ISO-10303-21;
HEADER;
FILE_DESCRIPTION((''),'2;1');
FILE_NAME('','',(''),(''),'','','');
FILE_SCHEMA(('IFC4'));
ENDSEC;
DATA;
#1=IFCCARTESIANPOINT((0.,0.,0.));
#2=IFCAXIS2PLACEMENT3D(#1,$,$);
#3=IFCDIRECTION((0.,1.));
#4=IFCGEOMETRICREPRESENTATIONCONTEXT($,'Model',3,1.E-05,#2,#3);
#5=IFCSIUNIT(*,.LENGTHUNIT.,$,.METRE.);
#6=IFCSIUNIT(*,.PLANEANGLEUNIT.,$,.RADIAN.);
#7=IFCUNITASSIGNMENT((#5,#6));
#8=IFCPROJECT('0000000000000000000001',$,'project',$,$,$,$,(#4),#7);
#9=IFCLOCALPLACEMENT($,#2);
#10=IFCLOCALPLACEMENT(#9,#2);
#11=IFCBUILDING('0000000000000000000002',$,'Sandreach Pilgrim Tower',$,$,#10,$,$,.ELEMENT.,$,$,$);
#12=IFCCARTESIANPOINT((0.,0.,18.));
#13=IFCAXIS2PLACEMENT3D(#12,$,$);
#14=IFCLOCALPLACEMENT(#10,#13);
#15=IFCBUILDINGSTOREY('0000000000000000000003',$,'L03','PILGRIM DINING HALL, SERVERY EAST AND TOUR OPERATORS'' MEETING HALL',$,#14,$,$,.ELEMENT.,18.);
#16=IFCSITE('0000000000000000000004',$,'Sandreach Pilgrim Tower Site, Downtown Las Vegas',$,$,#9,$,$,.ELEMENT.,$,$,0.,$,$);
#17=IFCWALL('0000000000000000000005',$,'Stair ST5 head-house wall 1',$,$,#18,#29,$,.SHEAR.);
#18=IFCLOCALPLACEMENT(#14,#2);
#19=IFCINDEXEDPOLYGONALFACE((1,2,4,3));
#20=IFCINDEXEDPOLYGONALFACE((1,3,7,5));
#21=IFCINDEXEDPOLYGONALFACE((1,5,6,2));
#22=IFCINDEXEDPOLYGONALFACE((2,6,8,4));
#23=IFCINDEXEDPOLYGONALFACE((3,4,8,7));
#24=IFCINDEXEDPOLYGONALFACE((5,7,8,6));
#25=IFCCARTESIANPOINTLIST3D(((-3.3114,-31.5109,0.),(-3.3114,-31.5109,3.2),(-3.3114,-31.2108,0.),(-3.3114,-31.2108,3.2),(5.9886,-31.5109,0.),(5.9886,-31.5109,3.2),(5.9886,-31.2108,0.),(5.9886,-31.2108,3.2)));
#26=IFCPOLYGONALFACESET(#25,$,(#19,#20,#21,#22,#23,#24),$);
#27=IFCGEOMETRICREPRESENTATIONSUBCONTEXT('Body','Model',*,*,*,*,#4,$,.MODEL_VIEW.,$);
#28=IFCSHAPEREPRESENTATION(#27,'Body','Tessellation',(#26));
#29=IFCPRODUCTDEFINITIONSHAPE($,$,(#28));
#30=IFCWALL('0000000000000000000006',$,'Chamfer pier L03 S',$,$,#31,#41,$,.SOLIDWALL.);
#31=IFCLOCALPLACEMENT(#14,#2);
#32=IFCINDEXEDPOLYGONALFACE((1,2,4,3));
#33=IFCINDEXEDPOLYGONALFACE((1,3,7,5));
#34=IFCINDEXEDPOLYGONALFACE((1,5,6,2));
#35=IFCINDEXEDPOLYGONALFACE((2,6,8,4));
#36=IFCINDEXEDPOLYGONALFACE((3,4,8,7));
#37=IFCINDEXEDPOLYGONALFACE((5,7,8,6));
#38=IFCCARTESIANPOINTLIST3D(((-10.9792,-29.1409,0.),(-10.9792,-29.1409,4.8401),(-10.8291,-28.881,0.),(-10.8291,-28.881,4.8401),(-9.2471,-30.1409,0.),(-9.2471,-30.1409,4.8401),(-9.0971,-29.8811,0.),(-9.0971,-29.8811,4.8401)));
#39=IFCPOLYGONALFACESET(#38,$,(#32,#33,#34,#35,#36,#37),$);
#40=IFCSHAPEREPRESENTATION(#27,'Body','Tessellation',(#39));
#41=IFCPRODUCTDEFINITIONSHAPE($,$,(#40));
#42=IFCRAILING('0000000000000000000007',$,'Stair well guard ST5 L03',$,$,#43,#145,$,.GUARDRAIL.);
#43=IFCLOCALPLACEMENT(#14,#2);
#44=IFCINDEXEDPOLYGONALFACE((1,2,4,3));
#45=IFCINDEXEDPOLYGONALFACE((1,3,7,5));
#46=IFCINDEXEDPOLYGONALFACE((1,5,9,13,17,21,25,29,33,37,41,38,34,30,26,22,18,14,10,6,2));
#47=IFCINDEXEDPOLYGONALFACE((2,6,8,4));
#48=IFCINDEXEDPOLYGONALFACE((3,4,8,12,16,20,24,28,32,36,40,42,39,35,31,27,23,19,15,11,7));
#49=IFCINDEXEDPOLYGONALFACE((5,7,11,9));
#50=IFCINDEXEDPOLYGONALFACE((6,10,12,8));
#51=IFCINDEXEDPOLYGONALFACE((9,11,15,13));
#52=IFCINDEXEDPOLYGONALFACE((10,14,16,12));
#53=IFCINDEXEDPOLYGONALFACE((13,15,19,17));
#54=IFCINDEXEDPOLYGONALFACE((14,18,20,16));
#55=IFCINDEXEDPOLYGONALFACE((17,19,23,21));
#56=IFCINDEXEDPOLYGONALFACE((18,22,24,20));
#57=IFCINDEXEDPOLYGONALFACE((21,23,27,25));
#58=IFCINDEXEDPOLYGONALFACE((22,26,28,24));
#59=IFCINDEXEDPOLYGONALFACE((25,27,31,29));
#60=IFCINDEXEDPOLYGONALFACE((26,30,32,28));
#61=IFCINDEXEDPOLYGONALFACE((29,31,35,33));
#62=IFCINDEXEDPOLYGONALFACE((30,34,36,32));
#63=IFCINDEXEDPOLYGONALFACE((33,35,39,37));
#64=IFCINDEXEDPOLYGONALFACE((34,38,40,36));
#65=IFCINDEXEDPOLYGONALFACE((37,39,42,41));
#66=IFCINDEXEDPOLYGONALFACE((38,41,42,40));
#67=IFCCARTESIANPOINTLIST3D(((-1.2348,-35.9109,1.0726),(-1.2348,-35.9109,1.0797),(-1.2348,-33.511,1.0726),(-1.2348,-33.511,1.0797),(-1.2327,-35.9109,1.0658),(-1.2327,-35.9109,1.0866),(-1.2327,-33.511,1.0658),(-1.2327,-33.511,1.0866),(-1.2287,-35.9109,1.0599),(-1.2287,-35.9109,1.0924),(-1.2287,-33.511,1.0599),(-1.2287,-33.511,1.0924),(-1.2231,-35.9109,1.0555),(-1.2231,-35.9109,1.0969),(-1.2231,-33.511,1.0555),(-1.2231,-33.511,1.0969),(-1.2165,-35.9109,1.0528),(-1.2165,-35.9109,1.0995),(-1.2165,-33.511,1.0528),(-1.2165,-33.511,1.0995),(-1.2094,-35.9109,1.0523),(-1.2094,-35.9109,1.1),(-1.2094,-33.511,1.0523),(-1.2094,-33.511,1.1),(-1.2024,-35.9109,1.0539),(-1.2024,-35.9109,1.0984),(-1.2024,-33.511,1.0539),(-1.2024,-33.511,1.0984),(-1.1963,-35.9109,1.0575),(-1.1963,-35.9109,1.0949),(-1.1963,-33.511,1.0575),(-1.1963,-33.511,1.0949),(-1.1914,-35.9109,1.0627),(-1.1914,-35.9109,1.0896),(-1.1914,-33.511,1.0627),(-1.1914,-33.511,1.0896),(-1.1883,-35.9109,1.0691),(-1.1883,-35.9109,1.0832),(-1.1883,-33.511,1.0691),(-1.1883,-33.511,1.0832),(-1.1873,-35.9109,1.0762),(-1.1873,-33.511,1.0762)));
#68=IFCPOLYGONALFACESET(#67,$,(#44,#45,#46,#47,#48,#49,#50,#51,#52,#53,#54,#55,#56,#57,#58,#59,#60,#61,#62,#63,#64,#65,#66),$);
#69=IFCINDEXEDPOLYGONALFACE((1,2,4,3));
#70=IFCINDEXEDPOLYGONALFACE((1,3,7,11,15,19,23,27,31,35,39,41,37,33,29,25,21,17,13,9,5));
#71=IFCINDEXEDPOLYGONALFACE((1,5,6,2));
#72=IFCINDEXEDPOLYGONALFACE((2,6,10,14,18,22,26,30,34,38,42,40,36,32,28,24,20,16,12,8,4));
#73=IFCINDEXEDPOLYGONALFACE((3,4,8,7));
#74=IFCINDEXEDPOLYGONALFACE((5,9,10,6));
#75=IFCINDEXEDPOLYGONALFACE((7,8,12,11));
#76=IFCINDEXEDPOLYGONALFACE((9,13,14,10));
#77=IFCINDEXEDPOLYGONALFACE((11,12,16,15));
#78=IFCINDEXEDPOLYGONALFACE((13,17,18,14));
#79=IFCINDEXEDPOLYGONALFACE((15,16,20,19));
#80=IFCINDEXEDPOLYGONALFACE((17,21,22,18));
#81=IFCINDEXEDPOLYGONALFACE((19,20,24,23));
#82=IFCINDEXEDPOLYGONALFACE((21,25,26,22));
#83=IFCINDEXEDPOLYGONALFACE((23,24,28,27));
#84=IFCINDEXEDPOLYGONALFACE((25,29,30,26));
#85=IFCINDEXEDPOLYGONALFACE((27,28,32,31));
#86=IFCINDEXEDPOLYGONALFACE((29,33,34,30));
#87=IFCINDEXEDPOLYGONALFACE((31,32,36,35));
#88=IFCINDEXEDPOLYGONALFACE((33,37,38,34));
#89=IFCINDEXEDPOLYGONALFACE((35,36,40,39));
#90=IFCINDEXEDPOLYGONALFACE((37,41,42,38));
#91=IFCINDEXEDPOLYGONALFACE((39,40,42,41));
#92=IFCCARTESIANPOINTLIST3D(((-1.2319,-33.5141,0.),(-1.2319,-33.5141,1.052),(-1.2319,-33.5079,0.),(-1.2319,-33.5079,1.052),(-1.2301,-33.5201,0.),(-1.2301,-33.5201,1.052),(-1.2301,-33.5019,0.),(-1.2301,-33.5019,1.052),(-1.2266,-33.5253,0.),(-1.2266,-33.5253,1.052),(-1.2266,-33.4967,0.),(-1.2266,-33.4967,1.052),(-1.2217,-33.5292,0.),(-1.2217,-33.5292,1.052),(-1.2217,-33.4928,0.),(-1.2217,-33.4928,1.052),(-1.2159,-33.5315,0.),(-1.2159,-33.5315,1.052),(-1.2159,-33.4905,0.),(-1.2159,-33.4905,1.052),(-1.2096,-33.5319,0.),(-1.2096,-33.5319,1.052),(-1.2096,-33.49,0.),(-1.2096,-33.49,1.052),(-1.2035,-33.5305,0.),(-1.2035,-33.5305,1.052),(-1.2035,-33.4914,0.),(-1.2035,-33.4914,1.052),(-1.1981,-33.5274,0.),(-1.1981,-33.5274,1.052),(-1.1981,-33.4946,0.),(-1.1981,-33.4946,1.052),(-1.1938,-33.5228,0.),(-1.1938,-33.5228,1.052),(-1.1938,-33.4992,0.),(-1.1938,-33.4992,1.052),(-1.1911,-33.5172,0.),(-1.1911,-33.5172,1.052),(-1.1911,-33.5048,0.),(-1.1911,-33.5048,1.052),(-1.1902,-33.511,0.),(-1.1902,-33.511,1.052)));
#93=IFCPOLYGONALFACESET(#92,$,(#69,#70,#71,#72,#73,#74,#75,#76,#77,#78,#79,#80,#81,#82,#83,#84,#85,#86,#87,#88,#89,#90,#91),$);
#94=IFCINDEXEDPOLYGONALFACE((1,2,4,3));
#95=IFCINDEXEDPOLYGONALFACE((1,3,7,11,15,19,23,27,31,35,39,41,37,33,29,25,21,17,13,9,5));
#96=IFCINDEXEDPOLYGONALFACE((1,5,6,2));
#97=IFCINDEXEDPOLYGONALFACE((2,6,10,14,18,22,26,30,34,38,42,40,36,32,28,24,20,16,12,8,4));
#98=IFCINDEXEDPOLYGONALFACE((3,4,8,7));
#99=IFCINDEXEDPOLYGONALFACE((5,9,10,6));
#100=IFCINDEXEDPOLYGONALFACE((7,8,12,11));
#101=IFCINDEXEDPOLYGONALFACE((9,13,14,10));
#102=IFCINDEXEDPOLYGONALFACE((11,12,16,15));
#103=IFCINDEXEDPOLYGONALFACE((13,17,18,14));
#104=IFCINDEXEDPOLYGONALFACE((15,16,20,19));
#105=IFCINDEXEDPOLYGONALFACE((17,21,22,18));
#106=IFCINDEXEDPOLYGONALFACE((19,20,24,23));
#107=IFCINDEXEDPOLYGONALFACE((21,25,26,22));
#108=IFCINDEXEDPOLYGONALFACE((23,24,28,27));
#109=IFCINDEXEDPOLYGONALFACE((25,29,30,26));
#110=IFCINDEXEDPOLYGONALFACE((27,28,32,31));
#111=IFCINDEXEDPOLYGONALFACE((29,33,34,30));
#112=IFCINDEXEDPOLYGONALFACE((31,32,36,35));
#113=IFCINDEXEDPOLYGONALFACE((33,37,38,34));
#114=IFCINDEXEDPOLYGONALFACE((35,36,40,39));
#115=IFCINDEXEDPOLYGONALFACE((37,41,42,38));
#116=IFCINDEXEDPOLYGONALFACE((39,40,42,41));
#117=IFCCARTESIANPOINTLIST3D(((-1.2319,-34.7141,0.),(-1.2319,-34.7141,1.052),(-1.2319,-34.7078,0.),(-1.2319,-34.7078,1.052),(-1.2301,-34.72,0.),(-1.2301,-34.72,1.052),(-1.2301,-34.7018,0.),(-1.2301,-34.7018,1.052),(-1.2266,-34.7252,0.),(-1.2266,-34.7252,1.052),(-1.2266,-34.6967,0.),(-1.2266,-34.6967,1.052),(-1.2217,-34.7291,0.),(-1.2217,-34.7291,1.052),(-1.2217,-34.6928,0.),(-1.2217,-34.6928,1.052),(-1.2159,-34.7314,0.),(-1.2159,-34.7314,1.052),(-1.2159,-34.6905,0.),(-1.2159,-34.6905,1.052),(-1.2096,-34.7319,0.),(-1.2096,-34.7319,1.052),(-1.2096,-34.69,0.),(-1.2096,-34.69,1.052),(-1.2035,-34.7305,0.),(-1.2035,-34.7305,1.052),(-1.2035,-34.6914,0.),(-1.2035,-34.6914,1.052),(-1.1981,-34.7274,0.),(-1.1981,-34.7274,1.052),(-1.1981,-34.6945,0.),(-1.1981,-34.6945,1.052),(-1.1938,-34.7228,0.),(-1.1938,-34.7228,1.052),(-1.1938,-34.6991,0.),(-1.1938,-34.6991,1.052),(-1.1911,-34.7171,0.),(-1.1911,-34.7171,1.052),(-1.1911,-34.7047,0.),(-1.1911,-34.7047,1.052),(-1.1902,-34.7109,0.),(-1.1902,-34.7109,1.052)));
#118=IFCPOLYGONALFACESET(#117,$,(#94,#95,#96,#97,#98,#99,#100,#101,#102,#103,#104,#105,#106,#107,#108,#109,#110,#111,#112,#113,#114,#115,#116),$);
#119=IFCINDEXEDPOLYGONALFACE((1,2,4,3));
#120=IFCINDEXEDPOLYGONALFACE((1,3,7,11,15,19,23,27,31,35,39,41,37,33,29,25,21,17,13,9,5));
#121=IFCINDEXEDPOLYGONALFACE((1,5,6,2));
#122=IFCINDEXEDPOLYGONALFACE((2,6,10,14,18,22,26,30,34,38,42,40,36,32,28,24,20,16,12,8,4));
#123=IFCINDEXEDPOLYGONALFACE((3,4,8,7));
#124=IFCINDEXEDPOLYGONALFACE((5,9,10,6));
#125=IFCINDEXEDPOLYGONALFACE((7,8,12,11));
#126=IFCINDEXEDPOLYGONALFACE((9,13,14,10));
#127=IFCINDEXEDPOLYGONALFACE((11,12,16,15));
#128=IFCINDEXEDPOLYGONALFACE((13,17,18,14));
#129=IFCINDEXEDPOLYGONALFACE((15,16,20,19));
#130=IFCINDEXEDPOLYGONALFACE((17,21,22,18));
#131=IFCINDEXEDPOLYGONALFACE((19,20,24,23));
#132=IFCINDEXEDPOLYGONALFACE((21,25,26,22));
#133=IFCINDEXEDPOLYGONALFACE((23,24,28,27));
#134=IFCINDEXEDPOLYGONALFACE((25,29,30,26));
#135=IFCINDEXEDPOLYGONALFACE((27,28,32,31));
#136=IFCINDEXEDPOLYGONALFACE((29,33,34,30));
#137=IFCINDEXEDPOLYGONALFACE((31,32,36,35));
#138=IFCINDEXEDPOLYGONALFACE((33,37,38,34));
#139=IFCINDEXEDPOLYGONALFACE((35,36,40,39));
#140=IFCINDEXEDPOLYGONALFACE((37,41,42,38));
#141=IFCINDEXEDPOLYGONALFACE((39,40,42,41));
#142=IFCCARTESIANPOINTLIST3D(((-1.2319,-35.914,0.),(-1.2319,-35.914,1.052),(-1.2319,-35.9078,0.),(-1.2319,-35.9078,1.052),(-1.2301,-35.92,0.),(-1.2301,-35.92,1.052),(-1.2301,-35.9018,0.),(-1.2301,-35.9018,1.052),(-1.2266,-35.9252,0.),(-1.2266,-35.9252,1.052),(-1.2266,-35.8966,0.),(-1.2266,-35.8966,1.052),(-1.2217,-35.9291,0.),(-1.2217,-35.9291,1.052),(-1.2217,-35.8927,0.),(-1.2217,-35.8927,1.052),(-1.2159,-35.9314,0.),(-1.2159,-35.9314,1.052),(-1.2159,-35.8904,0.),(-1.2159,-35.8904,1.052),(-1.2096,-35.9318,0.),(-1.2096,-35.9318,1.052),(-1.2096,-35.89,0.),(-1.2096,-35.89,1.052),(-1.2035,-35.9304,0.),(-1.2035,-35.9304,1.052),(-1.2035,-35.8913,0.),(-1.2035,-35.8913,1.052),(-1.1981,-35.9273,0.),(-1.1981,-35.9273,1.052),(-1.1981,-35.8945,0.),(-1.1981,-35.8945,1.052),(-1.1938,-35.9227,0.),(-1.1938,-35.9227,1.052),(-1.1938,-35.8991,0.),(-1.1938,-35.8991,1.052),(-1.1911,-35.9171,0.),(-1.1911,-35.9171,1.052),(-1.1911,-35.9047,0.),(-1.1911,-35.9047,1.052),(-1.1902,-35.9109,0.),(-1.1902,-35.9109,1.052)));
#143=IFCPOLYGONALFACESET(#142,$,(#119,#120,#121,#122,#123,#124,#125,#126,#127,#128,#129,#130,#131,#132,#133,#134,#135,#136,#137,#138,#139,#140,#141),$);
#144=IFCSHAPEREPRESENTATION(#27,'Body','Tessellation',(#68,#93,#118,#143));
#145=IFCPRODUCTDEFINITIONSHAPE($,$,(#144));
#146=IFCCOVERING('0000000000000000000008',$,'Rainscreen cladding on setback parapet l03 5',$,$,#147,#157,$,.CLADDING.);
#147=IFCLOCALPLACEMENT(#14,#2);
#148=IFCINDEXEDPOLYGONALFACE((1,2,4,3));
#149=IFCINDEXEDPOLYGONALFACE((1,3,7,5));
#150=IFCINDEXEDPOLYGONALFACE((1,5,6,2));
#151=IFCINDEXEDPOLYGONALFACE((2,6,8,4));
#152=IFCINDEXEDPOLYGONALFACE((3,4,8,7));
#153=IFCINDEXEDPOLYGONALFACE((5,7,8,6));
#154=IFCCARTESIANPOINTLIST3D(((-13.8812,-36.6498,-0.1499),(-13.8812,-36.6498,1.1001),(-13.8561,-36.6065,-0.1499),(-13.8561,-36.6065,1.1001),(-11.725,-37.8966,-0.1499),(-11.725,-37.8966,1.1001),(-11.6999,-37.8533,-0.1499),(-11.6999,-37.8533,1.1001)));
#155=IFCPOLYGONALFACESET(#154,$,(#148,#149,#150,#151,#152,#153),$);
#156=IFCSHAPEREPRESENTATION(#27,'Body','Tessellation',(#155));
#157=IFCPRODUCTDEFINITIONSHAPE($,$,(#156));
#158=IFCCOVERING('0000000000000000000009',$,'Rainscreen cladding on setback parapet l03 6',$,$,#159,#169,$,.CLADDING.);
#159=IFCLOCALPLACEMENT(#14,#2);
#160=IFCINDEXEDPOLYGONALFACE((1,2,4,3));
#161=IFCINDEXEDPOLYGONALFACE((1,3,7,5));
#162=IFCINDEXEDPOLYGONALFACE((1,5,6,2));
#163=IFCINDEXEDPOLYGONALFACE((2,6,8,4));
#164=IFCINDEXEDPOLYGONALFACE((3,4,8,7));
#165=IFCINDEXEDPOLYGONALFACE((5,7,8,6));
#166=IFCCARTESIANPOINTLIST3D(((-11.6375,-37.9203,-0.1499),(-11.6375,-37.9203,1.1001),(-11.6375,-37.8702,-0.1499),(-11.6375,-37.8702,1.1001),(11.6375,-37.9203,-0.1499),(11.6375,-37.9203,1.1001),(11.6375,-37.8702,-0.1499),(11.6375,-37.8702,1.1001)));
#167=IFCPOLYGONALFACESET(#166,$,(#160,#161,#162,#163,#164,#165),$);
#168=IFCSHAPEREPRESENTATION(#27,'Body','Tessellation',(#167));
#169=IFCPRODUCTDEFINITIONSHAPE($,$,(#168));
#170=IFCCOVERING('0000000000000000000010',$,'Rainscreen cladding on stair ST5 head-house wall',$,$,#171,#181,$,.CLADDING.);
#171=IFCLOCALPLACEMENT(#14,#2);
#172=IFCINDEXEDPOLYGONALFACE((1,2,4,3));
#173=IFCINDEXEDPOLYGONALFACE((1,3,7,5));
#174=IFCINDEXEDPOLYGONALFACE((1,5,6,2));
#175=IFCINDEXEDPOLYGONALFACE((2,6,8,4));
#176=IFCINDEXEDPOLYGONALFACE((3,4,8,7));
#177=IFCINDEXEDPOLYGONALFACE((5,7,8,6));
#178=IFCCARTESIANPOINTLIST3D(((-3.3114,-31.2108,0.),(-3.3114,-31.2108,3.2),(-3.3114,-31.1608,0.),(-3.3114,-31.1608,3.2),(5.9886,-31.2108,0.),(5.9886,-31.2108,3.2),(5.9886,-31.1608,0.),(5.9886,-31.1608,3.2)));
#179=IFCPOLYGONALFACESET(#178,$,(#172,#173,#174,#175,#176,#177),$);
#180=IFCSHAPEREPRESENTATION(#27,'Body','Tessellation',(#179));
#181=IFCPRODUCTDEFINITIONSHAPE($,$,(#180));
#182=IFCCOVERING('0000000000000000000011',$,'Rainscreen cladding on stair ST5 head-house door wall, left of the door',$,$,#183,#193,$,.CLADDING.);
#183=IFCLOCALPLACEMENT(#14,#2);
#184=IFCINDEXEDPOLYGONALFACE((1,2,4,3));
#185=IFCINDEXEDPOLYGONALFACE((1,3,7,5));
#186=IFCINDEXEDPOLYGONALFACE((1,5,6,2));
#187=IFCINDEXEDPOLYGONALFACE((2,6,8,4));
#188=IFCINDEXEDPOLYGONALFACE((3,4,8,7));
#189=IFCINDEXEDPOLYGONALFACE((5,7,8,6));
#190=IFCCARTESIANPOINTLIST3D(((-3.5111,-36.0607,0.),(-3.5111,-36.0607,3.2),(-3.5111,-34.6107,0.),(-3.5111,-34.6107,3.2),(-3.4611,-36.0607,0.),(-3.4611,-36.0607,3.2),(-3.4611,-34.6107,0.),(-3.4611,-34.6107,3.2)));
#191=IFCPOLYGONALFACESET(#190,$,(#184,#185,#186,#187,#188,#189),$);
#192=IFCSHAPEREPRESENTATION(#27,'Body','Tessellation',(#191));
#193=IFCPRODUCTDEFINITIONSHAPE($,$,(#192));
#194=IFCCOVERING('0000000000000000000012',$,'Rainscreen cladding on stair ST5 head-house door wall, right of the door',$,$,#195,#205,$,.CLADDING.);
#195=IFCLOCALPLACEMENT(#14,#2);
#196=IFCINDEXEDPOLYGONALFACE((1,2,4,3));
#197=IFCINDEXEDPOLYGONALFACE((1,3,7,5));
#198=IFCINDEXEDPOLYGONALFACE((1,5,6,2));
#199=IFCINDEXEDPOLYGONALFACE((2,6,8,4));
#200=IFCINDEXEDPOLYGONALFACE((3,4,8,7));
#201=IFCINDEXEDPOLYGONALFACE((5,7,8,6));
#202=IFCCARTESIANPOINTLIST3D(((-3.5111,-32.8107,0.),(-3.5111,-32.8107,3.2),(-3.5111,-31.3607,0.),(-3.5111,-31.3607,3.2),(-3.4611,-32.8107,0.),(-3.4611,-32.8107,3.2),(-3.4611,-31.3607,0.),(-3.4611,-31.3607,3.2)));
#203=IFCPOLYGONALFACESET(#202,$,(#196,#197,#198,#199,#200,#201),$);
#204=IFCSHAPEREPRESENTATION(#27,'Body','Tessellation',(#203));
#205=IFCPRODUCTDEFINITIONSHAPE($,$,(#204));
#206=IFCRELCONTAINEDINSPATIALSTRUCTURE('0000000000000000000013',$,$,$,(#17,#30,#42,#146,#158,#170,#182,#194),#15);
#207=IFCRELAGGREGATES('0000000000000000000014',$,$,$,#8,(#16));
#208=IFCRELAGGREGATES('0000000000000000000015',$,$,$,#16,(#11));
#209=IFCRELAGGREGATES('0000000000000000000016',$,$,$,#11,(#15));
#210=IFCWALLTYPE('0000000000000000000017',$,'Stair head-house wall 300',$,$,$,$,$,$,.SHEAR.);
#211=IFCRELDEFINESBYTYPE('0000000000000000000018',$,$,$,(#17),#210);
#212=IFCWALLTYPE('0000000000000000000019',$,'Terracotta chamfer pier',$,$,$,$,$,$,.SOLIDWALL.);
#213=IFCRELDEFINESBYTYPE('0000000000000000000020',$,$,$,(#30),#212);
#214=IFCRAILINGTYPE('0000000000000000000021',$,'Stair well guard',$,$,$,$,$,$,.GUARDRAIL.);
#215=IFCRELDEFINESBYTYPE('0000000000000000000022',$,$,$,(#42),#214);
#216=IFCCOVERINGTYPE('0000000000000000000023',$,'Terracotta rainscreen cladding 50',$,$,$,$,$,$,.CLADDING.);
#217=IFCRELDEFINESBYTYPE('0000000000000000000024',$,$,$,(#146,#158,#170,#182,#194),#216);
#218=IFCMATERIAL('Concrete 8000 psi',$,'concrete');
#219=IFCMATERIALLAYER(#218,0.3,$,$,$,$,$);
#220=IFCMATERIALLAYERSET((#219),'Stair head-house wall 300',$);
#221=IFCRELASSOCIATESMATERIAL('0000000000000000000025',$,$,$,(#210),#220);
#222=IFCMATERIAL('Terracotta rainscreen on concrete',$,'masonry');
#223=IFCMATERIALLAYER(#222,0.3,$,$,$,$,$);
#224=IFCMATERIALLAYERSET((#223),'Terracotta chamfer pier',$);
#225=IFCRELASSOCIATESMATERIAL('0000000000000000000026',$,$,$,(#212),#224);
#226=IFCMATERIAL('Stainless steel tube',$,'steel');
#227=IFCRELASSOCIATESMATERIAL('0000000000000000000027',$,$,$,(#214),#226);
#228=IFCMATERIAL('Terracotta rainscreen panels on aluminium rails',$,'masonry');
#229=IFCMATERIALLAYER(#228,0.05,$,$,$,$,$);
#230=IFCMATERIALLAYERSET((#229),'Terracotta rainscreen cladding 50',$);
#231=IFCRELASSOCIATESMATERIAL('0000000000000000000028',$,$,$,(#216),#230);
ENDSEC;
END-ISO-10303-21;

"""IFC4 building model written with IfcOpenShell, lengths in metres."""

from ifc_helpers import new_model, si_unit, direction, frame, frame_2d, origin, origin_2d, place, context, subcontext, project, spatial, rectangle, circle, extrude, material, layer, layer_set, type_object, element, save


model = new_model("IFC4")

# Units and contexts
model_context = context("Model", 3, precision=1e-05, world=origin(), true_north=direction((0.0, 1.0)))
body_context = subcontext(model_context, "Body", "Model", "MODEL_VIEW")
ifc_project = project(units=[si_unit("LENGTHUNIT", "METRE"), si_unit("PLANEANGLEUNIT", "RADIAN")], contexts=[model_context])

# Site, building, storey
site_placement = place(None, origin())
site = spatial("IfcSite", under=ifc_project, at=site_placement, Name="Sandreach Pilgrim Tower Site, Downtown Las Vegas", CompositionType="ELEMENT", RefElevation=0.0)
building_placement = place(site_placement, origin())
building = spatial("IfcBuilding", under=site, at=building_placement, Name="Sandreach Pilgrim Tower", CompositionType="ELEMENT")
storey_placement = place(building_placement, frame((0.0, 0.0, 18.0)))
storey = spatial("IfcBuildingStorey", under=building, at=storey_placement, Name="L03", Description="PILGRIM DINING HALL, SERVERY EAST AND TOUR OPERATORS' MEETING HALL", CompositionType="ELEMENT", Elevation=18.0)

# Wall
ifc_material_1 = material(Name="Concrete 8000 psi", Category="concrete")
ifc_layer_1 = layer(ifc_material_1, 0.3)
ifc_layer_set_1 = layer_set([ifc_layer_1], Name="Stair head-house wall 300")
wall_type_1 = type_object("IfcWallType", Name="Stair head-house wall 300", PredefinedType="SHEAR", material=ifc_layer_set_1)
wall_1_placement = place(storey_placement, frame((-3.3113, -31.3608, 0.0), z_axis=(0.0, 0.0, 1.0), x_axis=(1.0, 0.0, 0.0)))
element("IfcWall", 1, at=wall_1_placement, inside=storey, type_object=wall_type_1, Name="Stair ST5 head-house wall 1", PredefinedType="SHEAR", context=body_context, shape_type="SweptSolid", body=[
    extrude(rectangle(XDim=9.3, YDim=0.3, at=frame_2d((4.6499, 0.0))), origin(), (0.0, 0.0, 1.0), 3.2),
])

# Wall
ifc_material_2 = material(Name="Terracotta rainscreen on concrete", Category="masonry")
ifc_layer_2 = layer(ifc_material_2, 0.3)
ifc_layer_set_2 = layer_set([ifc_layer_2], Name="Terracotta chamfer pier")
wall_type_2 = type_object("IfcWallType", Name="Terracotta chamfer pier", PredefinedType="SOLIDWALL", material=ifc_layer_set_2)
wall_2_placement = place(storey_placement, frame((-9.1721, -30.011, 0.0), z_axis=(0.0, 0.0, 1.0), x_axis=(-0.866011, 0.500025, 0.0)))
element("IfcWall", 2, at=wall_2_placement, inside=storey, type_object=wall_type_2, Name="Chamfer pier L03 S", PredefinedType="SOLIDWALL", context=body_context, shape_type="SweptSolid", body=[
    extrude(rectangle(XDim=2.0, YDim=0.3, at=frame_2d((1.0, 0.0))), origin(), (0.0, 0.0, 1.0), 4.8401),
])

# Railing
ifc_material_3 = material(Name="Stainless steel tube", Category="steel")
railing_type = type_object("IfcRailingType", Name="Stair well guard", PredefinedType="GUARDRAIL", material=ifc_material_3)
railing_placement = place(storey_placement, frame((-1.2112, -33.511, 0.0)))
element("IfcRailing", 3, at=railing_placement, inside=storey, type_object=railing_type, Name="Stair well guard ST5 L03", PredefinedType="GUARDRAIL", context=body_context, shape_type="SweptSolid", body=[
    extrude(circle(Radius=0.0239, at=origin_2d()), frame((0.0, 0.0, 1.0762), z_axis=(0.0, -1.0, 0.0), x_axis=(1.0, 0.0, 0.0)), (0.0, 0.0, 1.0), 2.3999),
    extrude(circle(Radius=0.021, at=origin_2d()), origin(), (0.0, 0.0, 1.0), 1.052),
    extrude(circle(Radius=0.021, at=origin_2d()), frame((0.0, -1.2, 0.0)), (0.0, 0.0, 1.0), 1.052),
    extrude(circle(Radius=0.021, at=origin_2d()), frame((0.0, -2.3999, 0.0)), (0.0, 0.0, 1.0), 1.052),
])

# Coverings
ifc_material_4 = material(Name="Terracotta rainscreen panels on aluminium rails", Category="masonry")
ifc_layer_3 = layer(ifc_material_4, 0.05)
ifc_layer_set_3 = layer_set([ifc_layer_3], Name="Terracotta rainscreen cladding 50")
covering_type = type_object("IfcCoveringType", Name="Terracotta rainscreen cladding 50", PredefinedType="CLADDING", material=ifc_layer_set_3)
covering_1_placement = place(storey_placement, frame((-13.8687, -36.6282, -0.1499), z_axis=(0.0, 0.0, 1.0), x_axis=(0.865692, -0.500576, 0.0)))
element("IfcCovering", 4, at=covering_1_placement, inside=storey, type_object=covering_type, Name="Rainscreen cladding on setback parapet l03 5", PredefinedType="CLADDING", context=body_context, shape_type="SweptSolid", body=[
    extrude(rectangle(XDim=2.4907, YDim=0.05, at=frame_2d((1.2454, 0.0))), origin(), (0.0, 0.0, 1.0), 1.25),
])
covering_2_placement = place(storey_placement, frame((-11.6375, -37.8953, -0.1499), z_axis=(0.0, 0.0, 1.0), x_axis=(1.0, 0.0, 0.0)))
element("IfcCovering", 5, at=covering_2_placement, inside=storey, type_object=covering_type, Name="Rainscreen cladding on setback parapet l03 6", PredefinedType="CLADDING", context=body_context, shape_type="SweptSolid", body=[
    extrude(rectangle(XDim=23.2749, YDim=0.05, at=frame_2d((11.6375, 0.0))), origin(), (0.0, 0.0, 1.0), 1.25),
])
covering_3_placement = place(storey_placement, frame((-3.3113, -31.1858, 0.0), z_axis=(0.0, 0.0, 1.0), x_axis=(1.0, 0.0, 0.0)))
element("IfcCovering", 6, at=covering_3_placement, inside=storey, type_object=covering_type, Name="Rainscreen cladding on stair ST5 head-house wall", PredefinedType="CLADDING", context=body_context, shape_type="SweptSolid", body=[
    extrude(rectangle(XDim=9.3, YDim=0.05, at=frame_2d((4.6499, 0.0))), origin(), (0.0, 0.0, 1.0), 3.2),
])
for number, where, z_axis, x_axis, name in (
    (7, (-3.4861, -36.0608, 0.0), (0.0, 0.0, 1.0), (0.0, 1.0, 0.0), "Rainscreen cladding on stair ST5 head-house door wall, left of the door"),
    (8, (-3.4861, -32.8108, 0.0), (0.0, 0.0, 1.0), (0.0, 1.0, 0.0), "Rainscreen cladding on stair ST5 head-house door wall, right of the door"),
):
    element("IfcCovering", number, at=place(storey_placement, frame(where, z_axis=z_axis, x_axis=x_axis)), inside=storey, type_object=covering_type, Name=name, PredefinedType="CLADDING", context=body_context, shape_type="SweptSolid", body=[
        extrude(rectangle(XDim=1.45, YDim=0.05, at=frame_2d((0.7251, 0.0))), origin(), (0.0, 0.0, 1.0), 3.2),
    ])

save(model, "model.ifc")
